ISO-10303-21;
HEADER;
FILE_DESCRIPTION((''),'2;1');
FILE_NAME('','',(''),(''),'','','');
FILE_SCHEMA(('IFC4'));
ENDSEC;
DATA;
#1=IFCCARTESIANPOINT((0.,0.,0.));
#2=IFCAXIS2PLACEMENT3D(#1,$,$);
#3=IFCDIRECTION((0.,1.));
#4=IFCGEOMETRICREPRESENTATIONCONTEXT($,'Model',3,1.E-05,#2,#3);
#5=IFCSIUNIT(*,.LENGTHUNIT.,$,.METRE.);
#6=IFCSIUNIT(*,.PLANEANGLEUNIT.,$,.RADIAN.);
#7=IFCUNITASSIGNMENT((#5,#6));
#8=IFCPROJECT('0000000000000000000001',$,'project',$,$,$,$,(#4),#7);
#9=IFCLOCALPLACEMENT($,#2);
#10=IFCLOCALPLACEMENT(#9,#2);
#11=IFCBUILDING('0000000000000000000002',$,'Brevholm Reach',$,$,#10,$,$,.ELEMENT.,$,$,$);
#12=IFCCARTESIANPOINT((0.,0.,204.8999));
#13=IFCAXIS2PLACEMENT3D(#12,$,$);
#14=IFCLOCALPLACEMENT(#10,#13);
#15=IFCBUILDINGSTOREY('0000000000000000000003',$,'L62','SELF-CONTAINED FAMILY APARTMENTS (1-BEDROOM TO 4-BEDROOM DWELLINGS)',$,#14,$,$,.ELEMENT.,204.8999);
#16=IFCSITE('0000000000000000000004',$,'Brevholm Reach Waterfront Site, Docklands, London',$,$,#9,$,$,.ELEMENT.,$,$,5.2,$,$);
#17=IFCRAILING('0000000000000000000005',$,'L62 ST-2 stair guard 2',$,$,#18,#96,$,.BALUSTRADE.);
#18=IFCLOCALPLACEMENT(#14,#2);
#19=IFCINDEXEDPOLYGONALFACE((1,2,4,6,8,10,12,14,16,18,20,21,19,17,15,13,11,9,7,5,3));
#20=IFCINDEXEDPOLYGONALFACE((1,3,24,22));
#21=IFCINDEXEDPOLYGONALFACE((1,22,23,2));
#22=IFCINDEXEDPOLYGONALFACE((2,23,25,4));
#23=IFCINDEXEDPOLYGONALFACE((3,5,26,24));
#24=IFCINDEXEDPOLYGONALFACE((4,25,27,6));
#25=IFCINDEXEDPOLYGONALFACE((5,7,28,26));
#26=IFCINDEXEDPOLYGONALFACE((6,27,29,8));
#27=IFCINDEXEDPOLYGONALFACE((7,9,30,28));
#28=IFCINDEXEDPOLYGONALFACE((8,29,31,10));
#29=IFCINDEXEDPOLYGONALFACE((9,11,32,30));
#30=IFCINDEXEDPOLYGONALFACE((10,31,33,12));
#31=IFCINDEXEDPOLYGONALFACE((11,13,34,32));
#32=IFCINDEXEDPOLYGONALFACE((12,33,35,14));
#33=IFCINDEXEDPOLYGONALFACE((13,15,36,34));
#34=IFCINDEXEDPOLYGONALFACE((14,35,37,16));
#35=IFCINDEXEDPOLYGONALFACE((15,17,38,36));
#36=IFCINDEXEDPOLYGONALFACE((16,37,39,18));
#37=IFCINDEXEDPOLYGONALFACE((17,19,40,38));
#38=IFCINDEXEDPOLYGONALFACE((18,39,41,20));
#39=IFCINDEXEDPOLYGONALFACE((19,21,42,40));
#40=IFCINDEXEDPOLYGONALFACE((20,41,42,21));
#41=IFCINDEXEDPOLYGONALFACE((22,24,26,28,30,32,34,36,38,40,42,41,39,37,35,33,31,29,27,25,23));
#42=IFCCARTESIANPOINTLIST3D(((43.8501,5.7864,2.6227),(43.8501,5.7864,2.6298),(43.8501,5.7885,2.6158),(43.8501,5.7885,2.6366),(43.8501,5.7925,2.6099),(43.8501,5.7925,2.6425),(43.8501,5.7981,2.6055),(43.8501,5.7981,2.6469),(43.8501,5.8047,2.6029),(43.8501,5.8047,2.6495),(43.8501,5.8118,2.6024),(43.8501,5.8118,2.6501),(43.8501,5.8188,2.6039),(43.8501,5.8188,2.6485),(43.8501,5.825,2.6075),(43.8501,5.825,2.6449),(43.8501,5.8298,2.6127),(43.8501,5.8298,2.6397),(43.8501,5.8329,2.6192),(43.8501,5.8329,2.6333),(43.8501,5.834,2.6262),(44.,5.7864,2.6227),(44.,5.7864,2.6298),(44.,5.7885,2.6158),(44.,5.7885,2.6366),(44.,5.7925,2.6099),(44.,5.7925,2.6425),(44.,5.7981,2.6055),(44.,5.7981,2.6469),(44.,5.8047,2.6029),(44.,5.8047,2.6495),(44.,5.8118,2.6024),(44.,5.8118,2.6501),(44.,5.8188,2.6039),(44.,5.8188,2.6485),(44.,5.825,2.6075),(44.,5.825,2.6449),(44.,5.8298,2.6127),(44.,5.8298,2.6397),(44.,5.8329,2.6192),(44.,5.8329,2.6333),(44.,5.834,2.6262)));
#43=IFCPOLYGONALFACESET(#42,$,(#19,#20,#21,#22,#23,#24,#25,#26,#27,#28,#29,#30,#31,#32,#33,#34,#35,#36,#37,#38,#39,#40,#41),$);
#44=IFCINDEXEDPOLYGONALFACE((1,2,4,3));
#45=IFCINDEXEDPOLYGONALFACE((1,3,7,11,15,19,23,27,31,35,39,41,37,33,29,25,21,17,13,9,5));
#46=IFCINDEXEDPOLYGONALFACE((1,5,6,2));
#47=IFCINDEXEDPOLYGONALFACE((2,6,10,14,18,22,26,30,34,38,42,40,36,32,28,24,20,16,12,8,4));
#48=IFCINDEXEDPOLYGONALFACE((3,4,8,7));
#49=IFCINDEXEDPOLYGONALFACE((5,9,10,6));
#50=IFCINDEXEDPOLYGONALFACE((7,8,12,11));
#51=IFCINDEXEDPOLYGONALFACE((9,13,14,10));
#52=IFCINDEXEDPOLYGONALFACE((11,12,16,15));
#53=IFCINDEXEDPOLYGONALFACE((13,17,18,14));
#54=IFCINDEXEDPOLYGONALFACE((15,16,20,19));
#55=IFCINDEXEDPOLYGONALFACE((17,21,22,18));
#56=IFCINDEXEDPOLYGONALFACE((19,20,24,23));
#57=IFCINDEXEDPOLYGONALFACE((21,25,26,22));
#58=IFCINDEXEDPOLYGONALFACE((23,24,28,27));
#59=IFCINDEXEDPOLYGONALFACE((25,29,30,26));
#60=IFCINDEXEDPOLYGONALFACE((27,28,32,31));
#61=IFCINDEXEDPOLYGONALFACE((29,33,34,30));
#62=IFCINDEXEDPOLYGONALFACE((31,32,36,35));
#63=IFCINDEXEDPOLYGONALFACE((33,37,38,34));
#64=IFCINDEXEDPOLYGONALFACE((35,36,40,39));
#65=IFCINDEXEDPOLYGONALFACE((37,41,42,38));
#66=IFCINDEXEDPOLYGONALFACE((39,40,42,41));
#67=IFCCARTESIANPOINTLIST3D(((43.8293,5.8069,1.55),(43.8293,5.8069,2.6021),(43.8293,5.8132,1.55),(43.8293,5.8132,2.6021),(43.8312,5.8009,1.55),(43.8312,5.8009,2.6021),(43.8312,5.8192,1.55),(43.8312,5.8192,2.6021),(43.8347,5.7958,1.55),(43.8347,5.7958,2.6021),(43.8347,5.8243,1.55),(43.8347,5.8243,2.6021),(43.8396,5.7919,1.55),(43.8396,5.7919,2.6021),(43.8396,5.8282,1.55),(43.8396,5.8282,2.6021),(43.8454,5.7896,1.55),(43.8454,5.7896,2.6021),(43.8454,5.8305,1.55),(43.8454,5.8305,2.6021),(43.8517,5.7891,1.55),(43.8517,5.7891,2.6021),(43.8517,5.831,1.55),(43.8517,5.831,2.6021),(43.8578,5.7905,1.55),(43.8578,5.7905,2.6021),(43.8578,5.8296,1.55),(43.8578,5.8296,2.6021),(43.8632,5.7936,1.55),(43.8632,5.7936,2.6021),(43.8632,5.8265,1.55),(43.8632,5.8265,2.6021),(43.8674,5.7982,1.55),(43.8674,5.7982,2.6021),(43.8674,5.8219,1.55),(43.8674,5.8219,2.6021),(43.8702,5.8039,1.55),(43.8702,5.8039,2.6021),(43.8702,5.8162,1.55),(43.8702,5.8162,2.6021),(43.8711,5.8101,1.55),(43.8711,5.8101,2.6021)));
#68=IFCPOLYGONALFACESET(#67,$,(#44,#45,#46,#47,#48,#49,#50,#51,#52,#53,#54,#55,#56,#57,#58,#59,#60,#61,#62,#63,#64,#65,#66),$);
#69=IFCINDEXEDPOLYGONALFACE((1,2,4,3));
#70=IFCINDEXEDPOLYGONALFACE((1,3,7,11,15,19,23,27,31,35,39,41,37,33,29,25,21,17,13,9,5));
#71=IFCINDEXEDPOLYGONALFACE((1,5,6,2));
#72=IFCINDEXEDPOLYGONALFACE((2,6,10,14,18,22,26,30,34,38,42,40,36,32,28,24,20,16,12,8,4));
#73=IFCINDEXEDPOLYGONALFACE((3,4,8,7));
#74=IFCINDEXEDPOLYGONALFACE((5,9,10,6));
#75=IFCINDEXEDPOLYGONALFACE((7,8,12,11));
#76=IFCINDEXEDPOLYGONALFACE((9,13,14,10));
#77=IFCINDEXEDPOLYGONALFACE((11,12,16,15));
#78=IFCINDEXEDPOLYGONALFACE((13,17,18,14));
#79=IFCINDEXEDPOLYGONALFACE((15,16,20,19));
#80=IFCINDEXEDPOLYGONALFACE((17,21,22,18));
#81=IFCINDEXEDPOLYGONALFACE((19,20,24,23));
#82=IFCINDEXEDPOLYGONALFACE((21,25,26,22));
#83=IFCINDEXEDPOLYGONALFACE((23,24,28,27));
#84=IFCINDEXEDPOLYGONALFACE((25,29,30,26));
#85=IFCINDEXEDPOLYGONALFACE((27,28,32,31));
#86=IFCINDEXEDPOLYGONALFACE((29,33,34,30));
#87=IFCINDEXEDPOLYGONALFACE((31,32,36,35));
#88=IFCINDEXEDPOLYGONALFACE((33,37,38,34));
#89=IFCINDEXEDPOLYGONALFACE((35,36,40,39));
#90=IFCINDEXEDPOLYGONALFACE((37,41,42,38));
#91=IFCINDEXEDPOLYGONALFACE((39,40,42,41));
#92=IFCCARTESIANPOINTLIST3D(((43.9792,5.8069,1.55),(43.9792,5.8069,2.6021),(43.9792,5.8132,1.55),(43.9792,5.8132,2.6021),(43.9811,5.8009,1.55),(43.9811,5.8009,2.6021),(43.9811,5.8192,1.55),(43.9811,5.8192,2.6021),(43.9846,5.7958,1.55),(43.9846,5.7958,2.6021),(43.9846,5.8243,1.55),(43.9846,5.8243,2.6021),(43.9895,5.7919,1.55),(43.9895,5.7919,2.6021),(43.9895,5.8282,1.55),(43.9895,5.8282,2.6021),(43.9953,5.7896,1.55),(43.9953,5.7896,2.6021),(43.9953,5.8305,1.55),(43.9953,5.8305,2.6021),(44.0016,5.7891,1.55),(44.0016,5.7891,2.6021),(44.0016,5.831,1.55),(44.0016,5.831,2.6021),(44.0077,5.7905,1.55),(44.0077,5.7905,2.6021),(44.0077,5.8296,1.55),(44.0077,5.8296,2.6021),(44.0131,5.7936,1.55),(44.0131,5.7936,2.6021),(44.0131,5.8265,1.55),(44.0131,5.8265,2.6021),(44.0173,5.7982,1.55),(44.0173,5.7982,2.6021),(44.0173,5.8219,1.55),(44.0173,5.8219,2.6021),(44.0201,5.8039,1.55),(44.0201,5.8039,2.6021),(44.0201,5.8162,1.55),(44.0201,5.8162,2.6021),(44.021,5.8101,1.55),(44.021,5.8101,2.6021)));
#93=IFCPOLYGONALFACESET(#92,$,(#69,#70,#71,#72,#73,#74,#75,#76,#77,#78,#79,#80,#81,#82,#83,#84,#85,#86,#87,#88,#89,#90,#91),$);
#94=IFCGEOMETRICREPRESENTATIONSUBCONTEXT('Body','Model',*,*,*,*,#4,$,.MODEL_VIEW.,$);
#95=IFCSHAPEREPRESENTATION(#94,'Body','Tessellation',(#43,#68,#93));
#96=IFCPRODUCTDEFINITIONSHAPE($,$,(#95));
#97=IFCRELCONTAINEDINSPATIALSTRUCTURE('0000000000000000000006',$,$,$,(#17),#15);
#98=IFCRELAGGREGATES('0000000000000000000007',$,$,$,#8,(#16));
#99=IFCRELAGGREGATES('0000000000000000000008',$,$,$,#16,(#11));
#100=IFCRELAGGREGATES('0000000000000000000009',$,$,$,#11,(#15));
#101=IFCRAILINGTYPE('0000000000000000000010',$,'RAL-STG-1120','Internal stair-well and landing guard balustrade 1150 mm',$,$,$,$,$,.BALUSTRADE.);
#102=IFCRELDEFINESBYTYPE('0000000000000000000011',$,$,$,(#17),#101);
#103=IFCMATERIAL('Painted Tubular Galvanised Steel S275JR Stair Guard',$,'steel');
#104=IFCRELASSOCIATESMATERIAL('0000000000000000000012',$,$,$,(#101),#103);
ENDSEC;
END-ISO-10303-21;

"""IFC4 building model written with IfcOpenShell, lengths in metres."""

from ifc_helpers import new_model, si_unit, direction, frame, origin, origin_2d, place, context, subcontext, project, spatial, circle, extrude, material, type_object, element, save


model = new_model("IFC4")

# Units and contexts
model_context = context("Model", 3, precision=1e-05, world=origin(), true_north=direction((0.0, 1.0)))
body_context = subcontext(model_context, "Body", "Model", "MODEL_VIEW")
ifc_project = project(units=[si_unit("LENGTHUNIT", "METRE"), si_unit("PLANEANGLEUNIT", "RADIAN")], contexts=[model_context])

# Site, building, storey
site_placement = place(None, origin())
site = spatial("IfcSite", under=ifc_project, at=site_placement, Name="Brevholm Reach Waterfront Site, Docklands, London", CompositionType="ELEMENT", RefElevation=5.2)
building_placement = place(site_placement, origin())
building = spatial("IfcBuilding", under=site, at=building_placement, Name="Brevholm Reach", CompositionType="ELEMENT")
storey_placement = place(building_placement, frame((0.0, 0.0, 204.8999)))
storey = spatial("IfcBuildingStorey", under=building, at=storey_placement, Name="L62", Description="SELF-CONTAINED FAMILY APARTMENTS (1-BEDROOM TO 4-BEDROOM DWELLINGS)", CompositionType="ELEMENT", Elevation=204.8999)

# Railing
ifc_material_1 = material(Name="Painted Tubular Galvanised Steel S275JR Stair Guard", Category="steel")
railing_type_1 = type_object("IfcRailingType", Name="RAL-STG-1120", Description="Internal stair-well and landing guard balustrade 1150 mm", PredefinedType="BALUSTRADE", material=ifc_material_1)
railing_1_placement = place(storey_placement, frame((43.8501, 5.8101, 1.55)))
element("IfcRailing", 1, at=railing_1_placement, inside=storey, type_object=railing_type_1, Name="L62 ST-2 stair guard 2", PredefinedType="BALUSTRADE", context=body_context, shape_type="SweptSolid", body=[
    extrude(circle(Radius=0.0239, at=origin_2d()), frame((0.0, 0.0, 1.0762), z_axis=(1.0, 0.0, 0.0), x_axis=(0.0, 1.0, 0.0)), (0.0, 0.0, 1.0), 0.1499),
    extrude(circle(Radius=0.021, at=origin_2d()), origin(), (0.0, 0.0, 1.0), 1.052),
    extrude(circle(Radius=0.021, at=origin_2d()), frame((0.1499, 0.0, 0.0)), (0.0, 0.0, 1.0), 1.052),
])

save(model, "model.ifc")
